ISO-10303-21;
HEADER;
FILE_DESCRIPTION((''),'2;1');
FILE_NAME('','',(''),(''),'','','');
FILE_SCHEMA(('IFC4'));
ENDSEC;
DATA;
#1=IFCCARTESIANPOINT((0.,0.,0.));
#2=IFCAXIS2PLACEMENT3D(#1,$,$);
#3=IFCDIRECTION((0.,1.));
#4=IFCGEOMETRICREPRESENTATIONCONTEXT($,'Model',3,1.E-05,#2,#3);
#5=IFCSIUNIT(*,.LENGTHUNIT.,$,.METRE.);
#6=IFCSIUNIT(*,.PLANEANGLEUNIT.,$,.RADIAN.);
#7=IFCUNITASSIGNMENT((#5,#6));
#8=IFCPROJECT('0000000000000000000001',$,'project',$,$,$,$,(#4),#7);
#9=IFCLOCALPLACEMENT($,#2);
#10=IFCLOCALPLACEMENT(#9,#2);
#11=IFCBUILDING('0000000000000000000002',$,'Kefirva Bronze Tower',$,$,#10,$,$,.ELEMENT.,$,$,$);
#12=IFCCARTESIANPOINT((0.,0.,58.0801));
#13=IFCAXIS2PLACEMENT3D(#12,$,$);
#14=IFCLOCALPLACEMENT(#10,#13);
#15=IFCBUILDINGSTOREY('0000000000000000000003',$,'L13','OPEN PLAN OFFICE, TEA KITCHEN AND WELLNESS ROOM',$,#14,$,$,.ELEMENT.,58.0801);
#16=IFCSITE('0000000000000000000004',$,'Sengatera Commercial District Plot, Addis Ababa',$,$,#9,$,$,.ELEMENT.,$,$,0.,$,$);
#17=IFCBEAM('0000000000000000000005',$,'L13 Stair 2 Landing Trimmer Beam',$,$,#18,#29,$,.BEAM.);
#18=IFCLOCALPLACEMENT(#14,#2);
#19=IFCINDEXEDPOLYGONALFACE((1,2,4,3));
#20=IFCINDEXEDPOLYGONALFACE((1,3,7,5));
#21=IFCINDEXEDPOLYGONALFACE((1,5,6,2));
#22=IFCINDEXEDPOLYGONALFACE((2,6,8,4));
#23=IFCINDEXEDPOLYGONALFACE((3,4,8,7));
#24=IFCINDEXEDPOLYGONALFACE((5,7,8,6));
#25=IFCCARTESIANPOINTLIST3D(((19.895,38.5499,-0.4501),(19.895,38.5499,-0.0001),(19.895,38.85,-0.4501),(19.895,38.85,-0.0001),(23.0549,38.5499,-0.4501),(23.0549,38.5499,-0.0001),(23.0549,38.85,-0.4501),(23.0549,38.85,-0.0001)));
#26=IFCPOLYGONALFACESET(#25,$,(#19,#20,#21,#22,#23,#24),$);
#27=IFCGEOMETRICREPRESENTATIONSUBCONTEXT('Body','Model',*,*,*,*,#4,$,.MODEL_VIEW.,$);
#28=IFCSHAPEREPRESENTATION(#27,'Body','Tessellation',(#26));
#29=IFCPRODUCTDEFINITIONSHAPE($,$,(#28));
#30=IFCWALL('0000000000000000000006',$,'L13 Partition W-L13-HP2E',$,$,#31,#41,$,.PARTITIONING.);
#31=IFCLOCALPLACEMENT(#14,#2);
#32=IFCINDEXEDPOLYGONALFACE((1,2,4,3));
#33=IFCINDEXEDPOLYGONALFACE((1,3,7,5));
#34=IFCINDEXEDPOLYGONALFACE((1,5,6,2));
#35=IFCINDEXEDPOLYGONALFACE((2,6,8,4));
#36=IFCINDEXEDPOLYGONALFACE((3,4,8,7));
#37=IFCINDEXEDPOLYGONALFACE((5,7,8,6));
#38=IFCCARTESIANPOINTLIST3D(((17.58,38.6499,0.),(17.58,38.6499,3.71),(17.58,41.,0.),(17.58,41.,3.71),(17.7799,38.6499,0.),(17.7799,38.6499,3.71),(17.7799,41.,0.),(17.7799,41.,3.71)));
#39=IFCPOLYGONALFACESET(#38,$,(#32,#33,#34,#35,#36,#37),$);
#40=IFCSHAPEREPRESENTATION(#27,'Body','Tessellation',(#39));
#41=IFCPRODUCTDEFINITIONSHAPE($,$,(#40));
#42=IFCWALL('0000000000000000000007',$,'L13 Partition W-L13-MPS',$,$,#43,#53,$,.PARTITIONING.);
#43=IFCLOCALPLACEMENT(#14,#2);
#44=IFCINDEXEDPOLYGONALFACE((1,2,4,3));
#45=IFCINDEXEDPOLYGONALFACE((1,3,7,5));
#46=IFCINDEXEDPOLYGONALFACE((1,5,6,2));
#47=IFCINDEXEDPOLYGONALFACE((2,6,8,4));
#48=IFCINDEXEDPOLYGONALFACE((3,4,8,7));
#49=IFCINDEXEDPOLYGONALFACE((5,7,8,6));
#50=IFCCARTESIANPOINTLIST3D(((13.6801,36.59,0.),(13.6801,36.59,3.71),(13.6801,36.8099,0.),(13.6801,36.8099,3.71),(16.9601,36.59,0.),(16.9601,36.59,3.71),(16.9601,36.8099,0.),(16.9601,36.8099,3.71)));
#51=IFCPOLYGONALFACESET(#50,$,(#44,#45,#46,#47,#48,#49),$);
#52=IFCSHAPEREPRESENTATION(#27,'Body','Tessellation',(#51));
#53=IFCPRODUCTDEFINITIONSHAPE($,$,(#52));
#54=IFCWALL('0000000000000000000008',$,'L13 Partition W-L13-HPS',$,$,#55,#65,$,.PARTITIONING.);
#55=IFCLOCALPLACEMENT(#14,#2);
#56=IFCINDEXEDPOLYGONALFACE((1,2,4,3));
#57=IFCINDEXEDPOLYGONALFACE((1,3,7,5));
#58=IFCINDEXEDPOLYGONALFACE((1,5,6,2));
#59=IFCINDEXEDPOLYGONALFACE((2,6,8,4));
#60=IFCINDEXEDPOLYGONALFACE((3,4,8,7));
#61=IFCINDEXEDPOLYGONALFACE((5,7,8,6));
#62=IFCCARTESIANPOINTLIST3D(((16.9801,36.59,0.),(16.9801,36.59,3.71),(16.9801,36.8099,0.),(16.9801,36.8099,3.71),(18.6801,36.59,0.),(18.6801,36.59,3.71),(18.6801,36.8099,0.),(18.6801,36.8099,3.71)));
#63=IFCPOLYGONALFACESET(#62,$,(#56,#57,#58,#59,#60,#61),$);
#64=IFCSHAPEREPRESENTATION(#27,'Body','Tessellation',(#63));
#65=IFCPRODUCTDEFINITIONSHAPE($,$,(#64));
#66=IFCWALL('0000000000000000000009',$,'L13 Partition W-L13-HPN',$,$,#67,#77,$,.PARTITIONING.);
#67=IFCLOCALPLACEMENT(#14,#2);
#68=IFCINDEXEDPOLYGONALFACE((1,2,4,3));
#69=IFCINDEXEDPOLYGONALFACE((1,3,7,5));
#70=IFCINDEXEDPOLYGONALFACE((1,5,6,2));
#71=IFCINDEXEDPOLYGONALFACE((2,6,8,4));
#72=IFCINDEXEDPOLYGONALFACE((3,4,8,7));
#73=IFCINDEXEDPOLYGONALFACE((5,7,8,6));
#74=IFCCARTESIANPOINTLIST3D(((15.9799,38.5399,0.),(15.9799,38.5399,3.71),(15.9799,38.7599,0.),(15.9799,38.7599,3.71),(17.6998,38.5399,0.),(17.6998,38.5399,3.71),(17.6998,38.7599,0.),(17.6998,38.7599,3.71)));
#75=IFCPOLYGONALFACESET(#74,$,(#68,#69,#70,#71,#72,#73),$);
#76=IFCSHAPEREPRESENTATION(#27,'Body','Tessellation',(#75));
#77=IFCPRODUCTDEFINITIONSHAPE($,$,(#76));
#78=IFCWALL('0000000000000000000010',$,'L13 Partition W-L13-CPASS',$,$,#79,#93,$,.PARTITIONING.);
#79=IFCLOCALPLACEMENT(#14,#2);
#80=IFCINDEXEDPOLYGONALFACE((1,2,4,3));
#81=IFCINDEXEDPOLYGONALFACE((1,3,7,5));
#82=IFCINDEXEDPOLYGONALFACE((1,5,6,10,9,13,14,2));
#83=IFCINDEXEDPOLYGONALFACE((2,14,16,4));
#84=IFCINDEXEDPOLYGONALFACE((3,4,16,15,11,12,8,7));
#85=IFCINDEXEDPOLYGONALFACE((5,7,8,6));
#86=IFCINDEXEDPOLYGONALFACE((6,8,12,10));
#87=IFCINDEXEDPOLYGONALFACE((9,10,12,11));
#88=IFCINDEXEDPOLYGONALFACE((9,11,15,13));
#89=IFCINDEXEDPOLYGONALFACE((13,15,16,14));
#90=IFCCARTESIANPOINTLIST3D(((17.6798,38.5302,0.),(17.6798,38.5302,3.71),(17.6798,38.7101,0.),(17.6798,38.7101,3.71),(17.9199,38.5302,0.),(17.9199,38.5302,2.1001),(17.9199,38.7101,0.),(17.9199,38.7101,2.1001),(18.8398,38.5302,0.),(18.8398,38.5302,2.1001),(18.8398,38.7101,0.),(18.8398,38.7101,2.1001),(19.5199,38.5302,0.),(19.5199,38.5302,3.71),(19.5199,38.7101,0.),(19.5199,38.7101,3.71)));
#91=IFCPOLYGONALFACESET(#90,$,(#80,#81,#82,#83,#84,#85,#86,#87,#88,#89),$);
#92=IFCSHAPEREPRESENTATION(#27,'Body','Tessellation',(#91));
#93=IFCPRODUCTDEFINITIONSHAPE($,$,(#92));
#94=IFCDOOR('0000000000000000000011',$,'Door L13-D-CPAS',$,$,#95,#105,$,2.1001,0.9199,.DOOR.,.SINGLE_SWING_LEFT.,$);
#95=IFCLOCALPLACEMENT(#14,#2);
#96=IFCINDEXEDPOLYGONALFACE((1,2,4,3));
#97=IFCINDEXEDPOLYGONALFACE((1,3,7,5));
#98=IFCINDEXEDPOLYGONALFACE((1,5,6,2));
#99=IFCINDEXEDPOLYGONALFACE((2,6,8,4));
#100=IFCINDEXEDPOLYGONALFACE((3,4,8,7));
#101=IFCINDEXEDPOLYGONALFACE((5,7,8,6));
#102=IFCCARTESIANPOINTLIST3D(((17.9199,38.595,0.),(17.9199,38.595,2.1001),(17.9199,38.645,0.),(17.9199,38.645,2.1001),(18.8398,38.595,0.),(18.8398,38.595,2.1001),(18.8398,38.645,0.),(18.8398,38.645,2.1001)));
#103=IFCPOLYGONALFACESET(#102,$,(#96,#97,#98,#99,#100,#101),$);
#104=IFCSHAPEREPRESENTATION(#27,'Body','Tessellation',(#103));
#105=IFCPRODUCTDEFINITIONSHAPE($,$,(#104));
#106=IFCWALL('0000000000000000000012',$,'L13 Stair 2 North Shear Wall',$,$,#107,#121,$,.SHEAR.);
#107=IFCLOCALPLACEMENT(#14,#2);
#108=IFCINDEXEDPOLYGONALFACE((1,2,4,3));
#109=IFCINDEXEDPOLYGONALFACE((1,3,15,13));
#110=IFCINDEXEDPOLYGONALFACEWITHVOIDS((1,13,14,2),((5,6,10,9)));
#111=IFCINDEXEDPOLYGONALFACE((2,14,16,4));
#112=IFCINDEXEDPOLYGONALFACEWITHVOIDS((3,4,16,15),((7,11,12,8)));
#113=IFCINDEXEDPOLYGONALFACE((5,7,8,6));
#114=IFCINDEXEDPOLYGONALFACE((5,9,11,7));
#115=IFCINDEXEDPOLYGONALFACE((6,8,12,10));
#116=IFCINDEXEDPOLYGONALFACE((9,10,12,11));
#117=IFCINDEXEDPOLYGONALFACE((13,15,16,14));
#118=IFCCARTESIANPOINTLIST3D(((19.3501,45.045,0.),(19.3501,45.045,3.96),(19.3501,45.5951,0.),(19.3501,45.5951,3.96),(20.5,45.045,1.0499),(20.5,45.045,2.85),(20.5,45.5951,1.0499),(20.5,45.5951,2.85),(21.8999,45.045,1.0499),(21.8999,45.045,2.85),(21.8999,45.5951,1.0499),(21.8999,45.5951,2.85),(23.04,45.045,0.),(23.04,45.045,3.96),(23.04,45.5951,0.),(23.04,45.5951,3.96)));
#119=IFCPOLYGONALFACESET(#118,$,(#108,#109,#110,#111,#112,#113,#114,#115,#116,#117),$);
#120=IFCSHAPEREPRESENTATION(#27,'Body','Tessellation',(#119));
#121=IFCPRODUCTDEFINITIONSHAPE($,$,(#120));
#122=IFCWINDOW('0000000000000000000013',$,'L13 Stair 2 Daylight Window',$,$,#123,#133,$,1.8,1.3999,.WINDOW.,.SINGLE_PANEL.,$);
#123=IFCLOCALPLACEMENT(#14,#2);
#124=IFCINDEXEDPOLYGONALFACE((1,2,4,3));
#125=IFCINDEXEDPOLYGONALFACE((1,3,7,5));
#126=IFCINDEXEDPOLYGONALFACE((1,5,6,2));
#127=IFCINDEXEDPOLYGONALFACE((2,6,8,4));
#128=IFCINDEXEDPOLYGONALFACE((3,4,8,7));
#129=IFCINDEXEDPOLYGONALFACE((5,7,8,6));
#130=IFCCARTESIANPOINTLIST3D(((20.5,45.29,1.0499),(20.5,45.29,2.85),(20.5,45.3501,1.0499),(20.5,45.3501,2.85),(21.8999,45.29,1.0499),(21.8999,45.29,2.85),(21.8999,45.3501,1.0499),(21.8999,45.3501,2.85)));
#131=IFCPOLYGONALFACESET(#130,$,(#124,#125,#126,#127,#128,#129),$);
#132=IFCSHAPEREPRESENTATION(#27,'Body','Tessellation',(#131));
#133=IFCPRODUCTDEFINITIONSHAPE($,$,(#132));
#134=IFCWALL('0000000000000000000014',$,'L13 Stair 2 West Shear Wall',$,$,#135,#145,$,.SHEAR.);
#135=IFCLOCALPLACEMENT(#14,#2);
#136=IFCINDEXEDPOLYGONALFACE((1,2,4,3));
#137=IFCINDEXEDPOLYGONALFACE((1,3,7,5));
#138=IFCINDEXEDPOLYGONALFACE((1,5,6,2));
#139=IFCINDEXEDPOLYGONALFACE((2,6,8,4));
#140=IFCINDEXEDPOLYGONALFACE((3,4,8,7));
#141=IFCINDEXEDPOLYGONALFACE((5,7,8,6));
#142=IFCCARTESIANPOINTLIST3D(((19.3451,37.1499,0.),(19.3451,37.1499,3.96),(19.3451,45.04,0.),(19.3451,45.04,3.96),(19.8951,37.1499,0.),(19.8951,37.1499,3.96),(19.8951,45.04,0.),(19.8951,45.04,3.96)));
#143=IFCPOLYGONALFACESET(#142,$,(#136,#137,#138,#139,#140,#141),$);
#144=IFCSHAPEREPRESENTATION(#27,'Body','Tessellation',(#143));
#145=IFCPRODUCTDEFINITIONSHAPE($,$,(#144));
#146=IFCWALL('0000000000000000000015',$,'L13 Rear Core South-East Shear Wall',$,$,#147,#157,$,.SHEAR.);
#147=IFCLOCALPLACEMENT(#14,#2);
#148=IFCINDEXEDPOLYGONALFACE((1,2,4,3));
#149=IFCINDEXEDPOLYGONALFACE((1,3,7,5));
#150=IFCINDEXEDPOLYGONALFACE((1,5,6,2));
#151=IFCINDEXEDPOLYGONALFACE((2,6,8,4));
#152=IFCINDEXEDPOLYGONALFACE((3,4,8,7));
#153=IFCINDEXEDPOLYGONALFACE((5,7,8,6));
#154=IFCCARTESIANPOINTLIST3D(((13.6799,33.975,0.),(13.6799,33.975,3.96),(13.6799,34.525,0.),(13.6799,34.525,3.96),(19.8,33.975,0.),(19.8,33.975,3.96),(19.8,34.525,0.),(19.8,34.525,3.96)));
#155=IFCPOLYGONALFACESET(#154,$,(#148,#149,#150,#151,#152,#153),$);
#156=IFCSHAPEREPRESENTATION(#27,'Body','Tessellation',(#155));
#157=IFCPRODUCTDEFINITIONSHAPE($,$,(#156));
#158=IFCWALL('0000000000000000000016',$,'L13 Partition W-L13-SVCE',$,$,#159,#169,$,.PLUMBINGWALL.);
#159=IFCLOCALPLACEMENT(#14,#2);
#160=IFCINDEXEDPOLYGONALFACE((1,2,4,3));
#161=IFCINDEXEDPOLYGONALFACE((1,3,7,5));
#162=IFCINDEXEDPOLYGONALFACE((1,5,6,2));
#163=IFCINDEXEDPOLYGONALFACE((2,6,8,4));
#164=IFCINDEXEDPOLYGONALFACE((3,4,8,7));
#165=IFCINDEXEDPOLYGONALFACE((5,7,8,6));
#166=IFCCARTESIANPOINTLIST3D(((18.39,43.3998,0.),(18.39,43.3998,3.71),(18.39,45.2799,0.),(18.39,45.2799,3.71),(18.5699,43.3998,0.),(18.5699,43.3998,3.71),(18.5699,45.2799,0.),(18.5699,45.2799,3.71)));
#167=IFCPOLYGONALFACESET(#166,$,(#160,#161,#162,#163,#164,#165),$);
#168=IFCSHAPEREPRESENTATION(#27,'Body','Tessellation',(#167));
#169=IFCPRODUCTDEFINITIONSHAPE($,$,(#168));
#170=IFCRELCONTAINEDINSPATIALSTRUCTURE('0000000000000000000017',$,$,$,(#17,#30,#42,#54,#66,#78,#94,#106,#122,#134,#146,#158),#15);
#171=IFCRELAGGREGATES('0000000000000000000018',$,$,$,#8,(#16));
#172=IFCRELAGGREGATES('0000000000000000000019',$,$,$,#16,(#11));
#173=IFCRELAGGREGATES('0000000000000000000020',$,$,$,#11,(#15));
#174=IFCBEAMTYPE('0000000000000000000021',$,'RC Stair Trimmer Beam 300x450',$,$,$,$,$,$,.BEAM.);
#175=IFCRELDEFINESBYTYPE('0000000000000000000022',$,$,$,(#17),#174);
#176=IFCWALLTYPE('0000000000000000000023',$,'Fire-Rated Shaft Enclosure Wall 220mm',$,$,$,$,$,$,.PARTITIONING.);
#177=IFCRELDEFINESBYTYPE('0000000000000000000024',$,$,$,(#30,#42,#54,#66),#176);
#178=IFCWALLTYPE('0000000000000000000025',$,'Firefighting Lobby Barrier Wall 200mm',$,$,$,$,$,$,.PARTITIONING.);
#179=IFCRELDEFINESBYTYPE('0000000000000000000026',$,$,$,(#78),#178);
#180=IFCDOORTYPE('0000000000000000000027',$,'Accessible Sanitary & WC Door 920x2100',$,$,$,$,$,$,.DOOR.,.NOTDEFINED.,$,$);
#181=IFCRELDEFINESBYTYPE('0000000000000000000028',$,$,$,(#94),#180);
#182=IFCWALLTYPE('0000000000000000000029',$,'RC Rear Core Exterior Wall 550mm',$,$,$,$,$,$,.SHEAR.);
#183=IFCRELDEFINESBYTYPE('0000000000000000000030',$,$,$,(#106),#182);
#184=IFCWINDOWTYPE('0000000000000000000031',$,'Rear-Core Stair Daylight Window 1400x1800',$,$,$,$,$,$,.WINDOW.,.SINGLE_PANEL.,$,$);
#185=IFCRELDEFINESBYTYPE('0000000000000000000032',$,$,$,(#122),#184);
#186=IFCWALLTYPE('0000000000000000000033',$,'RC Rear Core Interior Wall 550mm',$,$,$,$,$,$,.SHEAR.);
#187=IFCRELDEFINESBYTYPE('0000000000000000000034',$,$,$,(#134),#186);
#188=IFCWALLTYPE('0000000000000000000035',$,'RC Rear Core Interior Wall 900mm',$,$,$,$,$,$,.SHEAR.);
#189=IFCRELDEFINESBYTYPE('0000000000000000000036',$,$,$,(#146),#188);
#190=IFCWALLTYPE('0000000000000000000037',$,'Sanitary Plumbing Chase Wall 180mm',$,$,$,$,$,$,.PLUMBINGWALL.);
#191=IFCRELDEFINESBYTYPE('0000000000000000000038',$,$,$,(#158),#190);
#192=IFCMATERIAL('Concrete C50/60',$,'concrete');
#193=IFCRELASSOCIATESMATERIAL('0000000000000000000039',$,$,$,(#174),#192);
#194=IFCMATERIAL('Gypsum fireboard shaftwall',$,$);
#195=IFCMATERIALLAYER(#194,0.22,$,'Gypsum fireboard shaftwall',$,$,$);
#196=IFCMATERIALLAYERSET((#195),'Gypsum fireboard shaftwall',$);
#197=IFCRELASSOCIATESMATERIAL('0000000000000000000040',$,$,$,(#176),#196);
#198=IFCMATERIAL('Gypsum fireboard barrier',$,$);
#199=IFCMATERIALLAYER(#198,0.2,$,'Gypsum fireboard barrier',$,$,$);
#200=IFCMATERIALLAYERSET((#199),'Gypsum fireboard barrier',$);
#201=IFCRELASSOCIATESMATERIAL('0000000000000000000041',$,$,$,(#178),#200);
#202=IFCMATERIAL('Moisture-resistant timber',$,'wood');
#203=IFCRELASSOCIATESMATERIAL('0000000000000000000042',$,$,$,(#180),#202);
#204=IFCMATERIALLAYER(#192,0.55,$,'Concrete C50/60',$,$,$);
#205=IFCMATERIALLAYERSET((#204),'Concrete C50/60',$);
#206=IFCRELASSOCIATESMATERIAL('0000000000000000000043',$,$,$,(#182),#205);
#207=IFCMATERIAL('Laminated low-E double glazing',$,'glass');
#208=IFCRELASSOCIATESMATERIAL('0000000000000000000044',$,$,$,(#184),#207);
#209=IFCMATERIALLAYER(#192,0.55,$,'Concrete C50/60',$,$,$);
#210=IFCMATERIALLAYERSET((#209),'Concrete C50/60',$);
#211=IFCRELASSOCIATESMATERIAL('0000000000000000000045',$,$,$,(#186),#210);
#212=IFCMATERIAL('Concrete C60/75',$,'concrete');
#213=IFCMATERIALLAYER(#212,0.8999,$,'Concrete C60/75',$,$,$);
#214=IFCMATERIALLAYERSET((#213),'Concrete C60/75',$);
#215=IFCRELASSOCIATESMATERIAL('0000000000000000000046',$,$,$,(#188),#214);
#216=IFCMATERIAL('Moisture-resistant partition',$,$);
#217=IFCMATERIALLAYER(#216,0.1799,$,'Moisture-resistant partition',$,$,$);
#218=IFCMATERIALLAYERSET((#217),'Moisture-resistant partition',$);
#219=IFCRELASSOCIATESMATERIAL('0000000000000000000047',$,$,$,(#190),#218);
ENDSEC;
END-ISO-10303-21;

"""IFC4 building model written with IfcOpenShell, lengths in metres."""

from ifc_helpers import new_model, si_unit, direction, frame, frame_2d, origin, origin_2d, place, context, subcontext, project, spatial, rectangle, extrude, material, layer, layer_set, material_profile, profile_set, type_object, element, fill, save


model = new_model("IFC4")

# Units and contexts
model_context = context("Model", 3, precision=1e-05, world=origin(), true_north=direction((0.0, 1.0)))
body_context = subcontext(model_context, "Body", "Model", "MODEL_VIEW")
ifc_project = project(units=[si_unit("LENGTHUNIT", "METRE"), si_unit("PLANEANGLEUNIT", "RADIAN")], contexts=[model_context])

# Site, building, storey
site_placement = place(None, origin())
site = spatial("IfcSite", under=ifc_project, at=site_placement, Name="Sengatera Commercial District Plot, Addis Ababa", CompositionType="ELEMENT", RefElevation=0.0)
building_placement = place(site_placement, origin())
building = spatial("IfcBuilding", under=site, at=building_placement, Name="Kefirva Bronze Tower", CompositionType="ELEMENT")
storey_placement = place(building_placement, frame((0.0, 0.0, 58.0801)))
storey = spatial("IfcBuildingStorey", under=building, at=storey_placement, Name="L13", Description="OPEN PLAN OFFICE, TEA KITCHEN AND WELLNESS ROOM", CompositionType="ELEMENT", Elevation=58.0801)

# Beam
ifc_material_1 = material(Name="Concrete C50/60", Category="concrete")
ifc_material_profile = material_profile(ifc_material_1, rectangle(XDim=0.3, YDim=0.45, at=origin_2d()), Name="RC 300x450")
ifc_profile_set = profile_set([ifc_material_profile], Name="Concrete C50/60")
beam_type = type_object("IfcBeamType", Name="RC Stair Trimmer Beam 300x450", PredefinedType="BEAM", material=ifc_profile_set)
beam_placement = place(storey_placement, frame((19.895, 38.7, -0.2251), z_axis=(1.0, 0.0, 0.0), x_axis=(0.0, 1.0, 0.0)))
element("IfcBeam", 1, at=beam_placement, inside=storey, type_object=beam_type, Name="L13 Stair 2 Landing Trimmer Beam", PredefinedType="BEAM", context=body_context, shape_type="SweptSolid", body=[
    extrude(rectangle(XDim=0.3, YDim=0.45, at=origin_2d()), origin(), (0.0, 0.0, 1.0), 3.1599),
])

# Shared definitions
ifc_material_2 = material(Name="Gypsum fireboard shaftwall")
ifc_layer_1 = layer(ifc_material_2, 0.22, Name="Gypsum fireboard shaftwall")
ifc_layer_set_1 = layer_set([ifc_layer_1], Name="Gypsum fireboard shaftwall")
wall_type_1 = type_object("IfcWallType", Name="Fire-Rated Shaft Enclosure Wall 220mm", PredefinedType="PARTITIONING", material=ifc_layer_set_1)

# Walls
wall_1_placement = place(storey_placement, frame((17.6799, 38.6499, 0.0), z_axis=(0.0, 0.0, 1.0), x_axis=(0.0, 1.0, 0.0)))
element("IfcWall", 2, at=wall_1_placement, inside=storey, type_object=wall_type_1, Name="L13 Partition W-L13-HP2E", PredefinedType="PARTITIONING", context=body_context, shape_type="SweptSolid", body=[
    extrude(rectangle(XDim=2.3501, YDim=0.2, at=frame_2d((1.175, 0.0))), origin(), (0.0, 0.0, 1.0), 3.71),
])
wall_2_placement = place(storey_placement, frame((13.6799, 36.7, 0.0), z_axis=(0.0, 0.0, 1.0), x_axis=(1.0, 0.0, 0.0)))
element("IfcWall", 3, at=wall_2_placement, inside=storey, type_object=wall_type_1, Name="L13 Partition W-L13-MPS", PredefinedType="PARTITIONING", context=body_context, shape_type="SweptSolid", body=[
    extrude(rectangle(XDim=3.28, YDim=0.22, at=frame_2d((1.6401, 0.0))), origin(), (0.0, 0.0, 1.0), 3.71),
])
wall_3_placement = place(storey_placement, frame((16.98, 36.7, 0.0), z_axis=(0.0, 0.0, 1.0), x_axis=(1.0, 0.0, 0.0)))
element("IfcWall", 4, at=wall_3_placement, inside=storey, type_object=wall_type_1, Name="L13 Partition W-L13-HPS", PredefinedType="PARTITIONING", context=body_context, shape_type="SweptSolid", body=[
    extrude(rectangle(XDim=1.7, YDim=0.22, at=frame_2d((0.8501, 0.0))), origin(), (0.0, 0.0, 1.0), 3.71),
])
wall_4_placement = place(storey_placement, frame((15.98, 38.6499, 0.0), z_axis=(0.0, 0.0, 1.0), x_axis=(1.0, 0.0, 0.0)))
element("IfcWall", 5, at=wall_4_placement, inside=storey, type_object=wall_type_1, Name="L13 Partition W-L13-HPN", PredefinedType="PARTITIONING", context=body_context, shape_type="SweptSolid", body=[
    extrude(rectangle(XDim=1.72, YDim=0.22, at=frame_2d((0.8599, 0.0))), origin(), (0.0, 0.0, 1.0), 3.71),
])

# Wall, opening, door
ifc_material_3 = material(Name="Gypsum fireboard barrier")
ifc_layer_2 = layer(ifc_material_3, 0.2, Name="Gypsum fireboard barrier")
ifc_layer_set_2 = layer_set([ifc_layer_2], Name="Gypsum fireboard barrier")
wall_type_2 = type_object("IfcWallType", Name="Firefighting Lobby Barrier Wall 200mm", PredefinedType="PARTITIONING", material=ifc_layer_set_2)
wall_5_placement = place(storey_placement, frame((17.6799, 38.6201, 0.0), z_axis=(0.0, 0.0, 1.0), x_axis=(1.0, 0.0, 0.0)))
wall_5 = element("IfcWall", 6, at=wall_5_placement, inside=storey, type_object=wall_type_2, Name="L13 Partition W-L13-CPASS", PredefinedType="PARTITIONING", context=body_context, shape_type="SweptSolid", body=[
    extrude(rectangle(XDim=1.8401, YDim=0.1799, at=frame_2d((0.9199, 0.0))), origin(), (0.0, 0.0, 1.0), 3.71),
])
opening_1_placement = place(wall_5_placement, frame((0.24, 0.0, 0.0)))
opening_1 = element("IfcOpeningElement", 7, at=opening_1_placement, cuts=wall_5, PredefinedType="OPENING", context=body_context, shape_type="SweptSolid", body=[
    extrude(rectangle(XDim=0.9199, YDim=2.1001, at=frame_2d((0.46, 1.05))), frame((0.0, 0.1001, 0.0), z_axis=(0.0, -1.0, 0.0), x_axis=(1.0, 0.0, 0.0)), (0.0, 0.0, 1.0), 0.2),
])
ifc_material_4 = material(Name="Moisture-resistant timber", Category="wood")
door_type_1 = type_object("IfcDoorType", Name="Accessible Sanitary & WC Door 920x2100", OperationType="NOTDEFINED", PredefinedType="DOOR", material=ifc_material_4)
door_1_placement = place(opening_1_placement, origin())
door_1 = element("IfcDoor", 8, at=door_1_placement, inside=storey, type_object=door_type_1, Name="Door L13-D-CPAS", OperationType="SINGLE_SWING_LEFT", OverallHeight=2.1001, OverallWidth=0.9199, PredefinedType="DOOR", context=body_context, shape_type="SweptSolid", body=[
    extrude(rectangle(XDim=0.9199, YDim=2.1001, at=frame_2d((0.46, 1.05))), frame((0.0, 0.0249, 0.0), z_axis=(0.0, -1.0, 0.0), x_axis=(1.0, 0.0, 0.0)), (0.0, 0.0, 1.0), 0.05),
])
fill(opening_1, door_1)

# Wall, opening, window
ifc_layer_3 = layer(ifc_material_1, 0.55, Name="Concrete C50/60")
ifc_layer_set_3 = layer_set([ifc_layer_3], Name="Concrete C50/60")
wall_type_3 = type_object("IfcWallType", Name="RC Rear Core Exterior Wall 550mm", PredefinedType="SHEAR", material=ifc_layer_set_3)
wall_6_placement = place(storey_placement, frame((19.3501, 45.3201, 0.0), z_axis=(0.0, 0.0, 1.0), x_axis=(1.0, 0.0, 0.0)))
wall_6 = element("IfcWall", 9, at=wall_6_placement, inside=storey, type_object=wall_type_3, Name="L13 Stair 2 North Shear Wall", PredefinedType="SHEAR", context=body_context, shape_type="SweptSolid", body=[
    extrude(rectangle(XDim=3.6899, YDim=0.55, at=frame_2d((1.845, 0.0))), origin(), (0.0, 0.0, 1.0), 3.96),
])
opening_2_placement = place(wall_6_placement, frame((1.1499, 0.0, 1.05)))
opening_2 = element("IfcOpeningElement", 10, at=opening_2_placement, cuts=wall_6, PredefinedType="OPENING", context=body_context, shape_type="SweptSolid", body=[
    extrude(rectangle(XDim=1.3999, YDim=1.8, at=frame_2d((0.7, 0.8999))), frame((0.0, 0.2852, 0.0), z_axis=(0.0, -1.0, 0.0), x_axis=(1.0, 0.0, 0.0)), (0.0, 0.0, 1.0), 0.5701),
])
ifc_material_5 = material(Name="Laminated low-E double glazing", Category="glass")
window_type = type_object("IfcWindowType", Name="Rear-Core Stair Daylight Window 1400x1800", PartitioningType="SINGLE_PANEL", PredefinedType="WINDOW", material=ifc_material_5)
window_placement = place(opening_2_placement, origin())
window = element("IfcWindow", 11, at=window_placement, inside=storey, type_object=window_type, Name="L13 Stair 2 Daylight Window", OverallHeight=1.8, OverallWidth=1.3999, PartitioningType="SINGLE_PANEL", PredefinedType="WINDOW", context=body_context, shape_type="SweptSolid", body=[
    extrude(rectangle(XDim=1.3999, YDim=1.8, at=frame_2d((0.7, 0.8999))), frame((0.0, 0.03, 0.0), z_axis=(0.0, -1.0, 0.0), x_axis=(1.0, 0.0, 0.0)), (0.0, 0.0, 1.0), 0.0601),
])
fill(opening_2, window)

# Walls
ifc_layer_4 = layer(ifc_material_1, 0.55, Name="Concrete C50/60")
ifc_layer_set_4 = layer_set([ifc_layer_4], Name="Concrete C50/60")
wall_type_4 = type_object("IfcWallType", Name="RC Rear Core Interior Wall 550mm", PredefinedType="SHEAR", material=ifc_layer_set_4)
wall_7_placement = place(storey_placement, frame((19.6201, 37.1499, 0.0), z_axis=(0.0, 0.0, 1.0), x_axis=(0.0, 1.0, 0.0)))
element("IfcWall", 12, at=wall_7_placement, inside=storey, type_object=wall_type_4, Name="L13 Stair 2 West Shear Wall", PredefinedType="SHEAR", context=body_context, shape_type="SweptSolid", body=[
    extrude(rectangle(XDim=7.8901, YDim=0.55, at=frame_2d((3.9451, 0.0))), origin(), (0.0, 0.0, 1.0), 3.96),
])
ifc_material_6 = material(Name="Concrete C60/75", Category="concrete")
ifc_layer_5 = layer(ifc_material_6, 0.8999, Name="Concrete C60/75")
ifc_layer_set_5 = layer_set([ifc_layer_5], Name="Concrete C60/75")
wall_type_5 = type_object("IfcWallType", Name="RC Rear Core Interior Wall 900mm", PredefinedType="SHEAR", material=ifc_layer_set_5)
wall_8_placement = place(storey_placement, frame((13.6799, 34.25, 0.0), z_axis=(0.0, 0.0, 1.0), x_axis=(1.0, 0.0, 0.0)))
element("IfcWall", 13, at=wall_8_placement, inside=storey, type_object=wall_type_5, Name="L13 Rear Core South-East Shear Wall", PredefinedType="SHEAR", context=body_context, shape_type="SweptSolid", body=[
    extrude(rectangle(XDim=6.1201, YDim=0.55, at=frame_2d((3.0601, 0.0))), origin(), (0.0, 0.0, 1.0), 3.96),
])
ifc_material_7 = material(Name="Moisture-resistant partition")
ifc_layer_6 = layer(ifc_material_7, 0.1799, Name="Moisture-resistant partition")
ifc_layer_set_6 = layer_set([ifc_layer_6], Name="Moisture-resistant partition")
wall_type_6 = type_object("IfcWallType", Name="Sanitary Plumbing Chase Wall 180mm", PredefinedType="PLUMBINGWALL", material=ifc_layer_set_6)
for number, where, z_axis, x_axis, name in (
    (14, (18.48, 43.3999, 0.0), (0.0, 0.0, 1.0), (0.0, 1.0, 0.0), "L13 Partition W-L13-SVCE"),
):
    element("IfcWall", number, at=place(storey_placement, frame(where, z_axis=z_axis, x_axis=x_axis)), inside=storey, type_object=wall_type_6, Name=name, PredefinedType="PLUMBINGWALL", context=body_context, shape_type="SweptSolid", body=[
        extrude(rectangle(XDim=1.8801, YDim=0.1799, at=frame_2d((0.9399, 0.0))), origin(), (0.0, 0.0, 1.0), 3.71),
    ])

save(model, "model.ifc")
